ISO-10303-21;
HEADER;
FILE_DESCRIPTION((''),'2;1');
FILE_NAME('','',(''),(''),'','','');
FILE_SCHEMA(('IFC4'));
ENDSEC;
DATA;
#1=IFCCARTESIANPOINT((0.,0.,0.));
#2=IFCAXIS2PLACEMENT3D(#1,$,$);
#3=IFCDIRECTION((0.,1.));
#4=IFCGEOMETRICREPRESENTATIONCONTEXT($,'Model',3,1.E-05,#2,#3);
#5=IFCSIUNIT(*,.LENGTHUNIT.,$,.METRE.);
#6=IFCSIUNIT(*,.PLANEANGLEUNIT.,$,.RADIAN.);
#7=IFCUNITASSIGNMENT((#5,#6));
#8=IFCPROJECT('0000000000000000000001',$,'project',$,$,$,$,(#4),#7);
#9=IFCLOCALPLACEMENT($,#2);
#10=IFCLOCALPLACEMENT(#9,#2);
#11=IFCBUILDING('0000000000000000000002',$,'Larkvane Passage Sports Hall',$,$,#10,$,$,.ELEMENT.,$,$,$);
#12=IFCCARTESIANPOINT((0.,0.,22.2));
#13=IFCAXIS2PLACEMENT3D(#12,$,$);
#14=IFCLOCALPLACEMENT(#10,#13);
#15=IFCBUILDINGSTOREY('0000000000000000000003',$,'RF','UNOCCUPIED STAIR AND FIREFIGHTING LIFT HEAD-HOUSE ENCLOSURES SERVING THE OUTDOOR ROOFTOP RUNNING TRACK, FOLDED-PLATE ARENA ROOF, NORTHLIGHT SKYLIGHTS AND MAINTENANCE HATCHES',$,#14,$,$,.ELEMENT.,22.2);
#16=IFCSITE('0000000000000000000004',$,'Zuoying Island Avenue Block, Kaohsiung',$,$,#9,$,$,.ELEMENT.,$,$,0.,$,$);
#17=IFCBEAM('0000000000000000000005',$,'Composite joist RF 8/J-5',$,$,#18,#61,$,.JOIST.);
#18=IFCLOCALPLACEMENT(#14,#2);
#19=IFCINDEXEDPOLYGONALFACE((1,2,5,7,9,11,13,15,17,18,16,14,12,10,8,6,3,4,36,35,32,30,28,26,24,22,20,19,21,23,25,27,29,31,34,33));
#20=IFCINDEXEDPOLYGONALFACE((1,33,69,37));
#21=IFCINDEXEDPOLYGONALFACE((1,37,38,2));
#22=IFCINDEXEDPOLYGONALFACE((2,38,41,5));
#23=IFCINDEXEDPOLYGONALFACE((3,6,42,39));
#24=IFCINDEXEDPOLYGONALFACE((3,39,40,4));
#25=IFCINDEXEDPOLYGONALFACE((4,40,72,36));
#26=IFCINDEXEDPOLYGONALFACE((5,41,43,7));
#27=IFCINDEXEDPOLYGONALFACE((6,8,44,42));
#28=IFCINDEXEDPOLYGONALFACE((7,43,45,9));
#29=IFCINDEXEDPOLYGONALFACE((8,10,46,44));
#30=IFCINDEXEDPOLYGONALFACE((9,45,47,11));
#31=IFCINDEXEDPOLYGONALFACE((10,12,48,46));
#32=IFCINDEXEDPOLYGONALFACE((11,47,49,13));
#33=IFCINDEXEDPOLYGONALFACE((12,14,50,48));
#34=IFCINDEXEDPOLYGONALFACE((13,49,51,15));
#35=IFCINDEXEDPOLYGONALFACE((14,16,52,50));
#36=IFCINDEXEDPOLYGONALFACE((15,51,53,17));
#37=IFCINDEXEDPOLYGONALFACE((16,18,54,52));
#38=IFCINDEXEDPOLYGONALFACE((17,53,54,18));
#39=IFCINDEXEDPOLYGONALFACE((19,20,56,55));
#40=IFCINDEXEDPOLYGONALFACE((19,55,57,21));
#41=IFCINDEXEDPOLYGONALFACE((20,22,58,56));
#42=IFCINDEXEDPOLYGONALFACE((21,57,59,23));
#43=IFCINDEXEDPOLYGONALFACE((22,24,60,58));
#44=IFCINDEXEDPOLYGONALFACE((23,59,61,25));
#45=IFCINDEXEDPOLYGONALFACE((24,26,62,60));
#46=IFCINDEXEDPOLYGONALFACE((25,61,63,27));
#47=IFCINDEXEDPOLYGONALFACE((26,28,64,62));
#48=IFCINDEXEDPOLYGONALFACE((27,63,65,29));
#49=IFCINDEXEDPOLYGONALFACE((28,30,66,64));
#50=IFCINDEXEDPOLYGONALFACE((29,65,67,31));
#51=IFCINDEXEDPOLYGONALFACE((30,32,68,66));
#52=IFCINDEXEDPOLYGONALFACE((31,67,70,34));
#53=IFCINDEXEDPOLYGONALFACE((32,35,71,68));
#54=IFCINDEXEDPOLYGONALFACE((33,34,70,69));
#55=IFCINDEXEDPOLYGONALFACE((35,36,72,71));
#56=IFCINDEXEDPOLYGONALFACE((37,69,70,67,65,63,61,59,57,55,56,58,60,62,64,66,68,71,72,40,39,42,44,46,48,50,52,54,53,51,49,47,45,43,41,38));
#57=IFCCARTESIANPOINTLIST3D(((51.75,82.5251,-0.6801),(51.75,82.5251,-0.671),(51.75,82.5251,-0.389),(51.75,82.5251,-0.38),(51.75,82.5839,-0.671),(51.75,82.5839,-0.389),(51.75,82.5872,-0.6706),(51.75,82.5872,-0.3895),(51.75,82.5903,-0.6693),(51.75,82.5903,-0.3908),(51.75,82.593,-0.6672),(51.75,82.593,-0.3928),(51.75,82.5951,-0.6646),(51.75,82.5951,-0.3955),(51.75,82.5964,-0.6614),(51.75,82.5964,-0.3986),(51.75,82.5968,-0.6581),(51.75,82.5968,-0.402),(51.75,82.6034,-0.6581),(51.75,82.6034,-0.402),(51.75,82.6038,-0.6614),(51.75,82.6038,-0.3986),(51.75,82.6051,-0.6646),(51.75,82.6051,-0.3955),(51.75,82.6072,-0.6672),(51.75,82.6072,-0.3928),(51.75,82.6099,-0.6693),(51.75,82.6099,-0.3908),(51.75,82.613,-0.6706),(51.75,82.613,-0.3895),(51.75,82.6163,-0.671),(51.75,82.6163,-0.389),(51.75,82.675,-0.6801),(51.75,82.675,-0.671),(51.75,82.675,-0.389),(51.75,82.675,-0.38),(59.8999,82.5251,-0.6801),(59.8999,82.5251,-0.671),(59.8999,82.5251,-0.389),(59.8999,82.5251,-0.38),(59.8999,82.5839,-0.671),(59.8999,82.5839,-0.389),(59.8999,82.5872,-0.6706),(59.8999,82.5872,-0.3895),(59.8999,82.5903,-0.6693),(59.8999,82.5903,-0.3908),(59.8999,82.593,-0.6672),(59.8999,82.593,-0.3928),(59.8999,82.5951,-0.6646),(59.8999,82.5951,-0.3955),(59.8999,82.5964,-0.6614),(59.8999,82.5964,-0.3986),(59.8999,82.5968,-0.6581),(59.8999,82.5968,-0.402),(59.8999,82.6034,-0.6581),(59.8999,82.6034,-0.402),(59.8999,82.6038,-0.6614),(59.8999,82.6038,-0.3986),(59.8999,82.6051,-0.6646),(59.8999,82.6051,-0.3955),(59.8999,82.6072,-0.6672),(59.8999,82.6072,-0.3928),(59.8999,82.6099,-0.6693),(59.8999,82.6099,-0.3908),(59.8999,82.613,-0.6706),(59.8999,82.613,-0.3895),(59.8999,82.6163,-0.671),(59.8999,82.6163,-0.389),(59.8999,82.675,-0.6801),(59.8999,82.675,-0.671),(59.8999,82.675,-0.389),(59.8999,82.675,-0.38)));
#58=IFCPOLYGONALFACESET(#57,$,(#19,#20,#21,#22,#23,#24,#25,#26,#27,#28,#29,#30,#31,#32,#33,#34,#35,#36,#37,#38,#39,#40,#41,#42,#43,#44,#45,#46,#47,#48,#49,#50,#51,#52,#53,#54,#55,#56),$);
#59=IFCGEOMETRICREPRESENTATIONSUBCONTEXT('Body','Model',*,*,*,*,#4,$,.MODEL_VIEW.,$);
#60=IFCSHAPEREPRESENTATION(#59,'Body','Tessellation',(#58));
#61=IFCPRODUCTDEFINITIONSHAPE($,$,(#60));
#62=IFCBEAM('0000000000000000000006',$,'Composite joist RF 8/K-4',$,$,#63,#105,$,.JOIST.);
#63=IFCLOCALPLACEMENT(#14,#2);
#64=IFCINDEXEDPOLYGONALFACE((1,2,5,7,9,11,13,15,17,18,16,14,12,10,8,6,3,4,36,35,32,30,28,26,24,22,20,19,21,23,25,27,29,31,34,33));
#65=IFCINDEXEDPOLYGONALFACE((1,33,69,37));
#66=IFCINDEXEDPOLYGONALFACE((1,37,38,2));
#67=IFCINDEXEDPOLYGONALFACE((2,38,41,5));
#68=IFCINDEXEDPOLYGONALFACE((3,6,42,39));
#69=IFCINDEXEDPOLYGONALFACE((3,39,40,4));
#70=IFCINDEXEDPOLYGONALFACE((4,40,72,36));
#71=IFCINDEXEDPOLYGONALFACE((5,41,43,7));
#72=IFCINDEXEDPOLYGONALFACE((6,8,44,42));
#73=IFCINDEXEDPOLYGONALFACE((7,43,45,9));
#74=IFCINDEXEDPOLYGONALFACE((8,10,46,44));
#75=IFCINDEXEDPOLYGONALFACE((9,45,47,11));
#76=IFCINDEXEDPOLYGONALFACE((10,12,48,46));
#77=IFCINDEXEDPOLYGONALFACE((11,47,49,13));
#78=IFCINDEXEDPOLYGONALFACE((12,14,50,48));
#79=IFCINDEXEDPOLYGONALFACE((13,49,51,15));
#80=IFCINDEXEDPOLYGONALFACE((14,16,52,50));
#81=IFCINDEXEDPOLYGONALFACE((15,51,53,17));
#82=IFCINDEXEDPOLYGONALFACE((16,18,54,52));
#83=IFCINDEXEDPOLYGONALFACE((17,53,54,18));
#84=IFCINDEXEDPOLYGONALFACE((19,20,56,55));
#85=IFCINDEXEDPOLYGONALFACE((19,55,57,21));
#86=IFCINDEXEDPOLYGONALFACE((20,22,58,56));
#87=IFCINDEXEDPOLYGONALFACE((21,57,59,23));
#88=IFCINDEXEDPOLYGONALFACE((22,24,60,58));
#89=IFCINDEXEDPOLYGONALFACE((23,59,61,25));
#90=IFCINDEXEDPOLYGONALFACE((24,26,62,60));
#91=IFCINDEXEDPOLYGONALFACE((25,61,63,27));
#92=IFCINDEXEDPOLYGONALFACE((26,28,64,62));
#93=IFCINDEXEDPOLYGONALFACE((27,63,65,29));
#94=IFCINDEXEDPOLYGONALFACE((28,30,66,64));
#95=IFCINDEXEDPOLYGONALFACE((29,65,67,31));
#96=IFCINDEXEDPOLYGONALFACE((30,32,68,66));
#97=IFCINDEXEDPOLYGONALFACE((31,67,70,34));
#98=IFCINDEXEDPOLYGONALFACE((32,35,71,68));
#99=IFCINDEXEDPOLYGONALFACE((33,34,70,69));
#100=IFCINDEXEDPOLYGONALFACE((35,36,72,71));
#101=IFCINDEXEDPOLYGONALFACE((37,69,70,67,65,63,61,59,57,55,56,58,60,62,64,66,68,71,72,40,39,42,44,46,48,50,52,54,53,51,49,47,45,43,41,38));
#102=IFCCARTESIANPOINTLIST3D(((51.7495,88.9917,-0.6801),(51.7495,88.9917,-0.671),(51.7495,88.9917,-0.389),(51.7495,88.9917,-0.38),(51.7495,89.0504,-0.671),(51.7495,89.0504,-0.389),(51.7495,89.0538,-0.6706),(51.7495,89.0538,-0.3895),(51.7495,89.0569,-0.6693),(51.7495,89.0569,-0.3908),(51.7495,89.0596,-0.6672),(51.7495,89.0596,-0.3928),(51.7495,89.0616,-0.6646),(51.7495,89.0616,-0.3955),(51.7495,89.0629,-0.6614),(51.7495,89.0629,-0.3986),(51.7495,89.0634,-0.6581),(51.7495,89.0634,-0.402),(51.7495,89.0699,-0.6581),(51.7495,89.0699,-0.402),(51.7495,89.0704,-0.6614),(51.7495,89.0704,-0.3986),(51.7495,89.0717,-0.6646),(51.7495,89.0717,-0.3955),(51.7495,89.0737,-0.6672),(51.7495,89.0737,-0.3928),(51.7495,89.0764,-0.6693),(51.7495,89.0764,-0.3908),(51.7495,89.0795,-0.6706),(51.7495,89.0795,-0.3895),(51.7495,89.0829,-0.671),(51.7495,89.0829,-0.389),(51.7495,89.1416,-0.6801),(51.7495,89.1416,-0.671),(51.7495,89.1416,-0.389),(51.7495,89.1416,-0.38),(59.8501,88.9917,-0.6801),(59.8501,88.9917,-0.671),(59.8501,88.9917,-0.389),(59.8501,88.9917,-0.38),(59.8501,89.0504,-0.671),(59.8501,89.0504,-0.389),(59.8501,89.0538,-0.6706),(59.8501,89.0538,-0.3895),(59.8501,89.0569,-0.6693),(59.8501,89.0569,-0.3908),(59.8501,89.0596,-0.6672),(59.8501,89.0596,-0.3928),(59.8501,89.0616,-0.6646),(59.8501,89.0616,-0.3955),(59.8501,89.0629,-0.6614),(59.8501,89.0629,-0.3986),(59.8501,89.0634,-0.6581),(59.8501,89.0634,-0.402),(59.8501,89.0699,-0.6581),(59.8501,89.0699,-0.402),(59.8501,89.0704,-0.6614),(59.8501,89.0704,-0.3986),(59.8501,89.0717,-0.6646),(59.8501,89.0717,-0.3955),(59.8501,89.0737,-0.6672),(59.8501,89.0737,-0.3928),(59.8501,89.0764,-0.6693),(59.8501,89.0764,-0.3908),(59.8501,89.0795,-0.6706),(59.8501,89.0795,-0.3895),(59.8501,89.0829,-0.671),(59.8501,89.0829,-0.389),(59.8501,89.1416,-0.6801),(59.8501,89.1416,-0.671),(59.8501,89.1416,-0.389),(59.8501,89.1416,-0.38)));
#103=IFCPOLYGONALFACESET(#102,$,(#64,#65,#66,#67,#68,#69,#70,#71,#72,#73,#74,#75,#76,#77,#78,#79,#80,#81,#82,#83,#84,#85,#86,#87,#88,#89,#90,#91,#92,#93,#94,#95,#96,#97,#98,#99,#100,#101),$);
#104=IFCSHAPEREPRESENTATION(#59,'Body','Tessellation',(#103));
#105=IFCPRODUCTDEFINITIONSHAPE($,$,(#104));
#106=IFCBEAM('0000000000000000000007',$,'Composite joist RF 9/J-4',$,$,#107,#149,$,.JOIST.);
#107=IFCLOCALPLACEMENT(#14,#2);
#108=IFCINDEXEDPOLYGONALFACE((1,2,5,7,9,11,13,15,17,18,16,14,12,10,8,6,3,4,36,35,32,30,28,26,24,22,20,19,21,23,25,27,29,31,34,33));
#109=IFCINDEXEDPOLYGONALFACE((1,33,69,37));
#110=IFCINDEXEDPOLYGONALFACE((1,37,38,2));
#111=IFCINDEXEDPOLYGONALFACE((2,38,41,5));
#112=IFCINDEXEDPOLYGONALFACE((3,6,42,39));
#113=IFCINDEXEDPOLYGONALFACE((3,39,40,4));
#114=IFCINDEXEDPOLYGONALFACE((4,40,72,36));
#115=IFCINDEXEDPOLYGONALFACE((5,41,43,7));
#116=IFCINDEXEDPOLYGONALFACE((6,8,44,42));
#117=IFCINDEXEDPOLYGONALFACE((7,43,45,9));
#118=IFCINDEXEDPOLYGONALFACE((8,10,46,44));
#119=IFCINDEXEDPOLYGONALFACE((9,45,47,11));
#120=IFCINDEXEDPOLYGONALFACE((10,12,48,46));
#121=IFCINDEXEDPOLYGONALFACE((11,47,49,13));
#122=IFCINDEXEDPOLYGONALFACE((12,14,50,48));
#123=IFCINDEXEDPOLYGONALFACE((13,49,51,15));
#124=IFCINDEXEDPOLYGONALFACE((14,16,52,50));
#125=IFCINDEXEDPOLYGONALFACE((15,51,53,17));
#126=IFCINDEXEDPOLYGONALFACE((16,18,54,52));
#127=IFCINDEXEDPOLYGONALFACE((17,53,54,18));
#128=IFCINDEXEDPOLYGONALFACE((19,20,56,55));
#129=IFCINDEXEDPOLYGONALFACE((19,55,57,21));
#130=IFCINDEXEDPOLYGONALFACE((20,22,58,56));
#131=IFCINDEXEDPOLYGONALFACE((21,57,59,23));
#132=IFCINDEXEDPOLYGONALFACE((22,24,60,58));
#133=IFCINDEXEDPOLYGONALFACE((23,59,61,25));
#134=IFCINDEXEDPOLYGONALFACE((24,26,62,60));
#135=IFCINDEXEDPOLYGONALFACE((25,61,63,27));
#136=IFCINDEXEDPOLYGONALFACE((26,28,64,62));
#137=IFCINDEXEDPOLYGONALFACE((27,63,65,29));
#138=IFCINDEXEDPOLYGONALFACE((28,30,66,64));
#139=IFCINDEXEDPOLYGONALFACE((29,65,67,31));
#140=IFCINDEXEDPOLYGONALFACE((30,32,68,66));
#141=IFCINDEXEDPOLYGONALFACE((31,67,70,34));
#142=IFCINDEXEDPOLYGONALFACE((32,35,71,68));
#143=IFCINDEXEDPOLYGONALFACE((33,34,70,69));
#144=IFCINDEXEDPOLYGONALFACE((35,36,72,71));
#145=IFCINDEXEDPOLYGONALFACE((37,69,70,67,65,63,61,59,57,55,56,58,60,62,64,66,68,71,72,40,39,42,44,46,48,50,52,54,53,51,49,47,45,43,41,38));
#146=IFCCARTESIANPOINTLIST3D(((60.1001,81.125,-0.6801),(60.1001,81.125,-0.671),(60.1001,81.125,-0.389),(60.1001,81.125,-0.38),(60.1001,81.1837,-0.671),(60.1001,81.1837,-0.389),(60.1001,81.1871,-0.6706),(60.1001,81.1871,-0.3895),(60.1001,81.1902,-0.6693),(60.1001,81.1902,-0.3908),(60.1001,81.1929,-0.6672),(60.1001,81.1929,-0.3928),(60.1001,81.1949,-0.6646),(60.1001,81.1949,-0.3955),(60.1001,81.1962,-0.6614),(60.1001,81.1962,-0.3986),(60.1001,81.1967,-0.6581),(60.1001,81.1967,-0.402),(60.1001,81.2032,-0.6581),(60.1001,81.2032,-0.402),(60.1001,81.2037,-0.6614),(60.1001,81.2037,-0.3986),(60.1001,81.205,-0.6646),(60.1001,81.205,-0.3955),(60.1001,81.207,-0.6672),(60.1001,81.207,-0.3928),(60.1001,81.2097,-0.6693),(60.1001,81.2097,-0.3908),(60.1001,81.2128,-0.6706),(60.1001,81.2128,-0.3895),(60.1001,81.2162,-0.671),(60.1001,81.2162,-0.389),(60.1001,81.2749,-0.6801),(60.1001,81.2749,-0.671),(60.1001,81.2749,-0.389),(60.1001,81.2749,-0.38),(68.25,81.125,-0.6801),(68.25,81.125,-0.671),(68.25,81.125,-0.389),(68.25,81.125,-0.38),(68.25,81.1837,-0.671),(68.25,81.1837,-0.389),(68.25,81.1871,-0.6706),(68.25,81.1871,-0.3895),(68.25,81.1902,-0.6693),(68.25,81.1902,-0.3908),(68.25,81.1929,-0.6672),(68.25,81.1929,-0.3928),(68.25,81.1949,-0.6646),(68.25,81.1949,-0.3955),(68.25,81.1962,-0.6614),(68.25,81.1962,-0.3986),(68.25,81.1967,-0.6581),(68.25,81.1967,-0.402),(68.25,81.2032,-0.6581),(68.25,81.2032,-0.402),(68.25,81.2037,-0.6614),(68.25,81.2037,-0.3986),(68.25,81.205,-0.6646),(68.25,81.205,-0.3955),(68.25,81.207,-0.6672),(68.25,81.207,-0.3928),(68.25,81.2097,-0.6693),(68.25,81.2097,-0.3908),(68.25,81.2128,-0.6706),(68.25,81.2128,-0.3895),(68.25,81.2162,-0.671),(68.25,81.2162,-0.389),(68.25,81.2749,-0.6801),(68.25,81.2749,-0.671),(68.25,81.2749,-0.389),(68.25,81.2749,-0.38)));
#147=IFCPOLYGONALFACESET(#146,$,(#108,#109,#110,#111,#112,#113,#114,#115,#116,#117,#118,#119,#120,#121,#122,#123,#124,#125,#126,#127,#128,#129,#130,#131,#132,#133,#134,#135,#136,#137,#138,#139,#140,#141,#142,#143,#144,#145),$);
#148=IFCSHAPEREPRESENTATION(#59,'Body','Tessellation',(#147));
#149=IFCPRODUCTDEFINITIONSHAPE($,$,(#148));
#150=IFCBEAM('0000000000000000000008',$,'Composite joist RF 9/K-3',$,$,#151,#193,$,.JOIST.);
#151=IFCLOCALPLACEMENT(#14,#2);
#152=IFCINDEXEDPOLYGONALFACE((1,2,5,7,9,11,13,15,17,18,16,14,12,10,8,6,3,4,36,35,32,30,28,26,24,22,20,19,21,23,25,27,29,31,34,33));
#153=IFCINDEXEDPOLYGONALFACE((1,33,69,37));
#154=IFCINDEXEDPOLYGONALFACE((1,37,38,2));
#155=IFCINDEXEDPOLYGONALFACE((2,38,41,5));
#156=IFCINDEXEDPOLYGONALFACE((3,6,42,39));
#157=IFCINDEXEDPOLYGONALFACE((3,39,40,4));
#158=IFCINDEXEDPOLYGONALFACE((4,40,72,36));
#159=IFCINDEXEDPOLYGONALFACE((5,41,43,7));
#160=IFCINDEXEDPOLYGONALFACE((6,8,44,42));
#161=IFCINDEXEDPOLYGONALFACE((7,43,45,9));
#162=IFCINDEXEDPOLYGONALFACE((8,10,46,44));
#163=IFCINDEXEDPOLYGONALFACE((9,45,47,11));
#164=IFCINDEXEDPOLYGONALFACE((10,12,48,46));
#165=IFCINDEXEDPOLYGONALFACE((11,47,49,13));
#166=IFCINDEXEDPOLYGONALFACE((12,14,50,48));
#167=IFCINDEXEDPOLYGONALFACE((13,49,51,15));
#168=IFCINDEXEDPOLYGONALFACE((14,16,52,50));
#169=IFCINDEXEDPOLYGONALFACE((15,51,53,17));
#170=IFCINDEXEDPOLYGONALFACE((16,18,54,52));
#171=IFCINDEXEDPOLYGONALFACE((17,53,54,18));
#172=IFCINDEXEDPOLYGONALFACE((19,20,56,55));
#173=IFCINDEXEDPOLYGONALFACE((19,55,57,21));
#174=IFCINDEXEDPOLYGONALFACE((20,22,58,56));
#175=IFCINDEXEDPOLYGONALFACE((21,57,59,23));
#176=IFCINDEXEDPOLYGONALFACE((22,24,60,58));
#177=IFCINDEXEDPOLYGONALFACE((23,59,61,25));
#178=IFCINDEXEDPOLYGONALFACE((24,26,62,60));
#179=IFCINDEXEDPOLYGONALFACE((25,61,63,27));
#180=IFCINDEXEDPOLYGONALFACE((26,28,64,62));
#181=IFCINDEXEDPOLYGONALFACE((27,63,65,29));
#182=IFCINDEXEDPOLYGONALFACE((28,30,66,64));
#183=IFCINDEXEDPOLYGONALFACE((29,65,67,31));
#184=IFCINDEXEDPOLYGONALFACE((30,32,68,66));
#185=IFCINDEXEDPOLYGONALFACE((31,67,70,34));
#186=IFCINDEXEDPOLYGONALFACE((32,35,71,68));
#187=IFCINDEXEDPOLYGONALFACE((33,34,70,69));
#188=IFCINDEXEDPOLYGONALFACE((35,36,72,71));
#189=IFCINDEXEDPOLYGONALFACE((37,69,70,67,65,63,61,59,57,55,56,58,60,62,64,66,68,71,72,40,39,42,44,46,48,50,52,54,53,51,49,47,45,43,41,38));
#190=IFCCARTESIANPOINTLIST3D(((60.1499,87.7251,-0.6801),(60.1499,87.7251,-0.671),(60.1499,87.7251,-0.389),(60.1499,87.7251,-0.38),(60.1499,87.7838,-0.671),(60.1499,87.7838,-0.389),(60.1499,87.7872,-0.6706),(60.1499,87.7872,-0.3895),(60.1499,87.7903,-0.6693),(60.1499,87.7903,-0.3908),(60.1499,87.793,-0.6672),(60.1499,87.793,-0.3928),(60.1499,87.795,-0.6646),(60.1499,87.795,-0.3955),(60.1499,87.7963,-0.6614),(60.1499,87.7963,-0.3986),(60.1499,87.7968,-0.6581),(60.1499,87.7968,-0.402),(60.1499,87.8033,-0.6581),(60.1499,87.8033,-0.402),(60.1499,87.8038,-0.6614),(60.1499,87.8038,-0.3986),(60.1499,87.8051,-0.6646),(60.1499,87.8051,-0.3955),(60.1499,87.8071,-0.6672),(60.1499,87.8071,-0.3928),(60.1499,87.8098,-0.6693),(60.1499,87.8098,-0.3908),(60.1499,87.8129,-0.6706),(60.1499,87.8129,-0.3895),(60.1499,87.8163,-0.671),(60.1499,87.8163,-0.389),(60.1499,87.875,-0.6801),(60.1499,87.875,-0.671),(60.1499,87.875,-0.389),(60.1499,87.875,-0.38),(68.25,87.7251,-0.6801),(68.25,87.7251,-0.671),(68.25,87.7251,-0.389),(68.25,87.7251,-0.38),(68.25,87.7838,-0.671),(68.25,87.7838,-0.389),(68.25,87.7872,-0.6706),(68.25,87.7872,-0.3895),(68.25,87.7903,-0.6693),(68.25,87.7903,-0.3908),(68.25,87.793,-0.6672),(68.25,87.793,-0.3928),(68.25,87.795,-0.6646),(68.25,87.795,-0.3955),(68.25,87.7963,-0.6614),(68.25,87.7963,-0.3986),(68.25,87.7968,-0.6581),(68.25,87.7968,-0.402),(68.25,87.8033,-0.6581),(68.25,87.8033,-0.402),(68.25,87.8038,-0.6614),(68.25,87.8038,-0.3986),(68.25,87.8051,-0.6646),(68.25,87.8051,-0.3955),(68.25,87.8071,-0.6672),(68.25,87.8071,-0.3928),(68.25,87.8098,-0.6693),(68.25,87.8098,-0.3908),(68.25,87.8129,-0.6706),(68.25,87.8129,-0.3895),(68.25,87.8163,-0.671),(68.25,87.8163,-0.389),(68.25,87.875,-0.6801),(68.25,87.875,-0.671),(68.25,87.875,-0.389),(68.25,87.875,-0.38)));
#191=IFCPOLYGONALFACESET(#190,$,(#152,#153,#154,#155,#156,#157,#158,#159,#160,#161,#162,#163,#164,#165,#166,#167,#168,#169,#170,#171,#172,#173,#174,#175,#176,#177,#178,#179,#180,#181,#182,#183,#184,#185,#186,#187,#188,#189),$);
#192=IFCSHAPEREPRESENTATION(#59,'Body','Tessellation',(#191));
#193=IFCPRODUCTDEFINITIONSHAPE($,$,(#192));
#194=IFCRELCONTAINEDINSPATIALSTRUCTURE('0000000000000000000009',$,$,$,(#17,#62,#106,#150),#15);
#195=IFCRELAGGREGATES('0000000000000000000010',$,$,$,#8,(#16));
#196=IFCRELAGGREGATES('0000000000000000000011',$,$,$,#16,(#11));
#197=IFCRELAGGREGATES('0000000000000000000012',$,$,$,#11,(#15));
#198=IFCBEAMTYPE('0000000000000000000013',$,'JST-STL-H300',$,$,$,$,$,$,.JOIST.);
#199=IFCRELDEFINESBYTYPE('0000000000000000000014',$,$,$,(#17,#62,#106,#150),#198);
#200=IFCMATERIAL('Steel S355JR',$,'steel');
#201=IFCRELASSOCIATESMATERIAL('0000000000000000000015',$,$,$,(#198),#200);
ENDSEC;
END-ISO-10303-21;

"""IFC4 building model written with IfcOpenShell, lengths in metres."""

from ifc_helpers import new_model, si_unit, direction, frame, origin, origin_2d, place, context, subcontext, project, spatial, i_section, extrude, material, material_profile, profile_set, type_object, element, save


model = new_model("IFC4")

# Units and contexts
model_context = context("Model", 3, precision=1e-05, world=origin(), true_north=direction((0.0, 1.0)))
body_context = subcontext(model_context, "Body", "Model", "MODEL_VIEW")
ifc_project = project(units=[si_unit("LENGTHUNIT", "METRE"), si_unit("PLANEANGLEUNIT", "RADIAN")], contexts=[model_context])

# Site, building, storey
site_placement = place(None, origin())
site = spatial("IfcSite", under=ifc_project, at=site_placement, Name="Zuoying Island Avenue Block, Kaohsiung", CompositionType="ELEMENT", RefElevation=0.0)
building_placement = place(site_placement, origin())
building = spatial("IfcBuilding", under=site, at=building_placement, Name="Larkvane Passage Sports Hall", CompositionType="ELEMENT")
storey_placement = place(building_placement, frame((0.0, 0.0, 22.2)))
storey = spatial("IfcBuildingStorey", under=building, at=storey_placement, Name="RF", Description="UNOCCUPIED STAIR AND FIREFIGHTING LIFT HEAD-HOUSE ENCLOSURES SERVING THE OUTDOOR ROOFTOP RUNNING TRACK, FOLDED-PLATE ARENA ROOF, NORTHLIGHT SKYLIGHTS AND MAINTENANCE HATCHES", CompositionType="ELEMENT", Elevation=22.2)

# Beams
ifc_material_1 = material(Name="Steel S355JR", Category="steel")
ifc_material_profile_1 = material_profile(ifc_material_1, i_section(OverallWidth=0.1499, OverallDepth=0.3, WebThickness=0.0066, FlangeThickness=0.009, FilletRadius=0.0129, at=origin_2d()), Name="H-300x150x6.5x9")
ifc_profile_set_1 = profile_set([ifc_material_profile_1], Name="Steel S355JR")
beam_type_1 = type_object("IfcBeamType", Name="JST-STL-H300", PredefinedType="JOIST", material=ifc_profile_set_1)
beam_1_placement = place(storey_placement, frame((51.75, 82.6001, -0.53), z_axis=(1.0, 0.0, 0.0), x_axis=(0.0, 1.0, 0.0)))
element("IfcBeam", 1, at=beam_1_placement, inside=storey, type_object=beam_type_1, Name="Composite joist RF 8/J-5", PredefinedType="JOIST", context=body_context, shape_type="SweptSolid", body=[
    extrude(i_section(OverallWidth=0.1499, OverallDepth=0.3, WebThickness=0.0066, FlangeThickness=0.009, FilletRadius=0.0129, at=origin_2d()), origin(), (0.0, 0.0, 1.0), 8.1499),
])
beam_2_placement = place(storey_placement, frame((51.7495, 89.0667, -0.53), z_axis=(1.0, 0.0, 0.0), x_axis=(0.0, 1.0, 0.0)))
element("IfcBeam", 2, at=beam_2_placement, inside=storey, type_object=beam_type_1, Name="Composite joist RF 8/K-4", PredefinedType="JOIST", context=body_context, shape_type="SweptSolid", body=[
    extrude(i_section(OverallWidth=0.1499, OverallDepth=0.3, WebThickness=0.0066, FlangeThickness=0.009, FilletRadius=0.0129, at=origin_2d()), origin(), (0.0, 0.0, 1.0), 8.1006),
])
beam_3_placement = place(storey_placement, frame((60.1001, 81.2, -0.53), z_axis=(1.0, 0.0, 0.0), x_axis=(0.0, 1.0, 0.0)))
element("IfcBeam", 3, at=beam_3_placement, inside=storey, type_object=beam_type_1, Name="Composite joist RF 9/J-4", PredefinedType="JOIST", context=body_context, shape_type="SweptSolid", body=[
    extrude(i_section(OverallWidth=0.1499, OverallDepth=0.3, WebThickness=0.0066, FlangeThickness=0.009, FilletRadius=0.0129, at=origin_2d()), origin(), (0.0, 0.0, 1.0), 8.1499),
])
beam_4_placement = place(storey_placement, frame((60.1499, 87.8, -0.53), z_axis=(1.0, 0.0, 0.0), x_axis=(0.0, 1.0, 0.0)))
element("IfcBeam", 4, at=beam_4_placement, inside=storey, type_object=beam_type_1, Name="Composite joist RF 9/K-3", PredefinedType="JOIST", context=body_context, shape_type="SweptSolid", body=[
    extrude(i_section(OverallWidth=0.1499, OverallDepth=0.3, WebThickness=0.0066, FlangeThickness=0.009, FilletRadius=0.0129, at=origin_2d()), origin(), (0.0, 0.0, 1.0), 8.1001),
])

save(model, "model.ifc")
